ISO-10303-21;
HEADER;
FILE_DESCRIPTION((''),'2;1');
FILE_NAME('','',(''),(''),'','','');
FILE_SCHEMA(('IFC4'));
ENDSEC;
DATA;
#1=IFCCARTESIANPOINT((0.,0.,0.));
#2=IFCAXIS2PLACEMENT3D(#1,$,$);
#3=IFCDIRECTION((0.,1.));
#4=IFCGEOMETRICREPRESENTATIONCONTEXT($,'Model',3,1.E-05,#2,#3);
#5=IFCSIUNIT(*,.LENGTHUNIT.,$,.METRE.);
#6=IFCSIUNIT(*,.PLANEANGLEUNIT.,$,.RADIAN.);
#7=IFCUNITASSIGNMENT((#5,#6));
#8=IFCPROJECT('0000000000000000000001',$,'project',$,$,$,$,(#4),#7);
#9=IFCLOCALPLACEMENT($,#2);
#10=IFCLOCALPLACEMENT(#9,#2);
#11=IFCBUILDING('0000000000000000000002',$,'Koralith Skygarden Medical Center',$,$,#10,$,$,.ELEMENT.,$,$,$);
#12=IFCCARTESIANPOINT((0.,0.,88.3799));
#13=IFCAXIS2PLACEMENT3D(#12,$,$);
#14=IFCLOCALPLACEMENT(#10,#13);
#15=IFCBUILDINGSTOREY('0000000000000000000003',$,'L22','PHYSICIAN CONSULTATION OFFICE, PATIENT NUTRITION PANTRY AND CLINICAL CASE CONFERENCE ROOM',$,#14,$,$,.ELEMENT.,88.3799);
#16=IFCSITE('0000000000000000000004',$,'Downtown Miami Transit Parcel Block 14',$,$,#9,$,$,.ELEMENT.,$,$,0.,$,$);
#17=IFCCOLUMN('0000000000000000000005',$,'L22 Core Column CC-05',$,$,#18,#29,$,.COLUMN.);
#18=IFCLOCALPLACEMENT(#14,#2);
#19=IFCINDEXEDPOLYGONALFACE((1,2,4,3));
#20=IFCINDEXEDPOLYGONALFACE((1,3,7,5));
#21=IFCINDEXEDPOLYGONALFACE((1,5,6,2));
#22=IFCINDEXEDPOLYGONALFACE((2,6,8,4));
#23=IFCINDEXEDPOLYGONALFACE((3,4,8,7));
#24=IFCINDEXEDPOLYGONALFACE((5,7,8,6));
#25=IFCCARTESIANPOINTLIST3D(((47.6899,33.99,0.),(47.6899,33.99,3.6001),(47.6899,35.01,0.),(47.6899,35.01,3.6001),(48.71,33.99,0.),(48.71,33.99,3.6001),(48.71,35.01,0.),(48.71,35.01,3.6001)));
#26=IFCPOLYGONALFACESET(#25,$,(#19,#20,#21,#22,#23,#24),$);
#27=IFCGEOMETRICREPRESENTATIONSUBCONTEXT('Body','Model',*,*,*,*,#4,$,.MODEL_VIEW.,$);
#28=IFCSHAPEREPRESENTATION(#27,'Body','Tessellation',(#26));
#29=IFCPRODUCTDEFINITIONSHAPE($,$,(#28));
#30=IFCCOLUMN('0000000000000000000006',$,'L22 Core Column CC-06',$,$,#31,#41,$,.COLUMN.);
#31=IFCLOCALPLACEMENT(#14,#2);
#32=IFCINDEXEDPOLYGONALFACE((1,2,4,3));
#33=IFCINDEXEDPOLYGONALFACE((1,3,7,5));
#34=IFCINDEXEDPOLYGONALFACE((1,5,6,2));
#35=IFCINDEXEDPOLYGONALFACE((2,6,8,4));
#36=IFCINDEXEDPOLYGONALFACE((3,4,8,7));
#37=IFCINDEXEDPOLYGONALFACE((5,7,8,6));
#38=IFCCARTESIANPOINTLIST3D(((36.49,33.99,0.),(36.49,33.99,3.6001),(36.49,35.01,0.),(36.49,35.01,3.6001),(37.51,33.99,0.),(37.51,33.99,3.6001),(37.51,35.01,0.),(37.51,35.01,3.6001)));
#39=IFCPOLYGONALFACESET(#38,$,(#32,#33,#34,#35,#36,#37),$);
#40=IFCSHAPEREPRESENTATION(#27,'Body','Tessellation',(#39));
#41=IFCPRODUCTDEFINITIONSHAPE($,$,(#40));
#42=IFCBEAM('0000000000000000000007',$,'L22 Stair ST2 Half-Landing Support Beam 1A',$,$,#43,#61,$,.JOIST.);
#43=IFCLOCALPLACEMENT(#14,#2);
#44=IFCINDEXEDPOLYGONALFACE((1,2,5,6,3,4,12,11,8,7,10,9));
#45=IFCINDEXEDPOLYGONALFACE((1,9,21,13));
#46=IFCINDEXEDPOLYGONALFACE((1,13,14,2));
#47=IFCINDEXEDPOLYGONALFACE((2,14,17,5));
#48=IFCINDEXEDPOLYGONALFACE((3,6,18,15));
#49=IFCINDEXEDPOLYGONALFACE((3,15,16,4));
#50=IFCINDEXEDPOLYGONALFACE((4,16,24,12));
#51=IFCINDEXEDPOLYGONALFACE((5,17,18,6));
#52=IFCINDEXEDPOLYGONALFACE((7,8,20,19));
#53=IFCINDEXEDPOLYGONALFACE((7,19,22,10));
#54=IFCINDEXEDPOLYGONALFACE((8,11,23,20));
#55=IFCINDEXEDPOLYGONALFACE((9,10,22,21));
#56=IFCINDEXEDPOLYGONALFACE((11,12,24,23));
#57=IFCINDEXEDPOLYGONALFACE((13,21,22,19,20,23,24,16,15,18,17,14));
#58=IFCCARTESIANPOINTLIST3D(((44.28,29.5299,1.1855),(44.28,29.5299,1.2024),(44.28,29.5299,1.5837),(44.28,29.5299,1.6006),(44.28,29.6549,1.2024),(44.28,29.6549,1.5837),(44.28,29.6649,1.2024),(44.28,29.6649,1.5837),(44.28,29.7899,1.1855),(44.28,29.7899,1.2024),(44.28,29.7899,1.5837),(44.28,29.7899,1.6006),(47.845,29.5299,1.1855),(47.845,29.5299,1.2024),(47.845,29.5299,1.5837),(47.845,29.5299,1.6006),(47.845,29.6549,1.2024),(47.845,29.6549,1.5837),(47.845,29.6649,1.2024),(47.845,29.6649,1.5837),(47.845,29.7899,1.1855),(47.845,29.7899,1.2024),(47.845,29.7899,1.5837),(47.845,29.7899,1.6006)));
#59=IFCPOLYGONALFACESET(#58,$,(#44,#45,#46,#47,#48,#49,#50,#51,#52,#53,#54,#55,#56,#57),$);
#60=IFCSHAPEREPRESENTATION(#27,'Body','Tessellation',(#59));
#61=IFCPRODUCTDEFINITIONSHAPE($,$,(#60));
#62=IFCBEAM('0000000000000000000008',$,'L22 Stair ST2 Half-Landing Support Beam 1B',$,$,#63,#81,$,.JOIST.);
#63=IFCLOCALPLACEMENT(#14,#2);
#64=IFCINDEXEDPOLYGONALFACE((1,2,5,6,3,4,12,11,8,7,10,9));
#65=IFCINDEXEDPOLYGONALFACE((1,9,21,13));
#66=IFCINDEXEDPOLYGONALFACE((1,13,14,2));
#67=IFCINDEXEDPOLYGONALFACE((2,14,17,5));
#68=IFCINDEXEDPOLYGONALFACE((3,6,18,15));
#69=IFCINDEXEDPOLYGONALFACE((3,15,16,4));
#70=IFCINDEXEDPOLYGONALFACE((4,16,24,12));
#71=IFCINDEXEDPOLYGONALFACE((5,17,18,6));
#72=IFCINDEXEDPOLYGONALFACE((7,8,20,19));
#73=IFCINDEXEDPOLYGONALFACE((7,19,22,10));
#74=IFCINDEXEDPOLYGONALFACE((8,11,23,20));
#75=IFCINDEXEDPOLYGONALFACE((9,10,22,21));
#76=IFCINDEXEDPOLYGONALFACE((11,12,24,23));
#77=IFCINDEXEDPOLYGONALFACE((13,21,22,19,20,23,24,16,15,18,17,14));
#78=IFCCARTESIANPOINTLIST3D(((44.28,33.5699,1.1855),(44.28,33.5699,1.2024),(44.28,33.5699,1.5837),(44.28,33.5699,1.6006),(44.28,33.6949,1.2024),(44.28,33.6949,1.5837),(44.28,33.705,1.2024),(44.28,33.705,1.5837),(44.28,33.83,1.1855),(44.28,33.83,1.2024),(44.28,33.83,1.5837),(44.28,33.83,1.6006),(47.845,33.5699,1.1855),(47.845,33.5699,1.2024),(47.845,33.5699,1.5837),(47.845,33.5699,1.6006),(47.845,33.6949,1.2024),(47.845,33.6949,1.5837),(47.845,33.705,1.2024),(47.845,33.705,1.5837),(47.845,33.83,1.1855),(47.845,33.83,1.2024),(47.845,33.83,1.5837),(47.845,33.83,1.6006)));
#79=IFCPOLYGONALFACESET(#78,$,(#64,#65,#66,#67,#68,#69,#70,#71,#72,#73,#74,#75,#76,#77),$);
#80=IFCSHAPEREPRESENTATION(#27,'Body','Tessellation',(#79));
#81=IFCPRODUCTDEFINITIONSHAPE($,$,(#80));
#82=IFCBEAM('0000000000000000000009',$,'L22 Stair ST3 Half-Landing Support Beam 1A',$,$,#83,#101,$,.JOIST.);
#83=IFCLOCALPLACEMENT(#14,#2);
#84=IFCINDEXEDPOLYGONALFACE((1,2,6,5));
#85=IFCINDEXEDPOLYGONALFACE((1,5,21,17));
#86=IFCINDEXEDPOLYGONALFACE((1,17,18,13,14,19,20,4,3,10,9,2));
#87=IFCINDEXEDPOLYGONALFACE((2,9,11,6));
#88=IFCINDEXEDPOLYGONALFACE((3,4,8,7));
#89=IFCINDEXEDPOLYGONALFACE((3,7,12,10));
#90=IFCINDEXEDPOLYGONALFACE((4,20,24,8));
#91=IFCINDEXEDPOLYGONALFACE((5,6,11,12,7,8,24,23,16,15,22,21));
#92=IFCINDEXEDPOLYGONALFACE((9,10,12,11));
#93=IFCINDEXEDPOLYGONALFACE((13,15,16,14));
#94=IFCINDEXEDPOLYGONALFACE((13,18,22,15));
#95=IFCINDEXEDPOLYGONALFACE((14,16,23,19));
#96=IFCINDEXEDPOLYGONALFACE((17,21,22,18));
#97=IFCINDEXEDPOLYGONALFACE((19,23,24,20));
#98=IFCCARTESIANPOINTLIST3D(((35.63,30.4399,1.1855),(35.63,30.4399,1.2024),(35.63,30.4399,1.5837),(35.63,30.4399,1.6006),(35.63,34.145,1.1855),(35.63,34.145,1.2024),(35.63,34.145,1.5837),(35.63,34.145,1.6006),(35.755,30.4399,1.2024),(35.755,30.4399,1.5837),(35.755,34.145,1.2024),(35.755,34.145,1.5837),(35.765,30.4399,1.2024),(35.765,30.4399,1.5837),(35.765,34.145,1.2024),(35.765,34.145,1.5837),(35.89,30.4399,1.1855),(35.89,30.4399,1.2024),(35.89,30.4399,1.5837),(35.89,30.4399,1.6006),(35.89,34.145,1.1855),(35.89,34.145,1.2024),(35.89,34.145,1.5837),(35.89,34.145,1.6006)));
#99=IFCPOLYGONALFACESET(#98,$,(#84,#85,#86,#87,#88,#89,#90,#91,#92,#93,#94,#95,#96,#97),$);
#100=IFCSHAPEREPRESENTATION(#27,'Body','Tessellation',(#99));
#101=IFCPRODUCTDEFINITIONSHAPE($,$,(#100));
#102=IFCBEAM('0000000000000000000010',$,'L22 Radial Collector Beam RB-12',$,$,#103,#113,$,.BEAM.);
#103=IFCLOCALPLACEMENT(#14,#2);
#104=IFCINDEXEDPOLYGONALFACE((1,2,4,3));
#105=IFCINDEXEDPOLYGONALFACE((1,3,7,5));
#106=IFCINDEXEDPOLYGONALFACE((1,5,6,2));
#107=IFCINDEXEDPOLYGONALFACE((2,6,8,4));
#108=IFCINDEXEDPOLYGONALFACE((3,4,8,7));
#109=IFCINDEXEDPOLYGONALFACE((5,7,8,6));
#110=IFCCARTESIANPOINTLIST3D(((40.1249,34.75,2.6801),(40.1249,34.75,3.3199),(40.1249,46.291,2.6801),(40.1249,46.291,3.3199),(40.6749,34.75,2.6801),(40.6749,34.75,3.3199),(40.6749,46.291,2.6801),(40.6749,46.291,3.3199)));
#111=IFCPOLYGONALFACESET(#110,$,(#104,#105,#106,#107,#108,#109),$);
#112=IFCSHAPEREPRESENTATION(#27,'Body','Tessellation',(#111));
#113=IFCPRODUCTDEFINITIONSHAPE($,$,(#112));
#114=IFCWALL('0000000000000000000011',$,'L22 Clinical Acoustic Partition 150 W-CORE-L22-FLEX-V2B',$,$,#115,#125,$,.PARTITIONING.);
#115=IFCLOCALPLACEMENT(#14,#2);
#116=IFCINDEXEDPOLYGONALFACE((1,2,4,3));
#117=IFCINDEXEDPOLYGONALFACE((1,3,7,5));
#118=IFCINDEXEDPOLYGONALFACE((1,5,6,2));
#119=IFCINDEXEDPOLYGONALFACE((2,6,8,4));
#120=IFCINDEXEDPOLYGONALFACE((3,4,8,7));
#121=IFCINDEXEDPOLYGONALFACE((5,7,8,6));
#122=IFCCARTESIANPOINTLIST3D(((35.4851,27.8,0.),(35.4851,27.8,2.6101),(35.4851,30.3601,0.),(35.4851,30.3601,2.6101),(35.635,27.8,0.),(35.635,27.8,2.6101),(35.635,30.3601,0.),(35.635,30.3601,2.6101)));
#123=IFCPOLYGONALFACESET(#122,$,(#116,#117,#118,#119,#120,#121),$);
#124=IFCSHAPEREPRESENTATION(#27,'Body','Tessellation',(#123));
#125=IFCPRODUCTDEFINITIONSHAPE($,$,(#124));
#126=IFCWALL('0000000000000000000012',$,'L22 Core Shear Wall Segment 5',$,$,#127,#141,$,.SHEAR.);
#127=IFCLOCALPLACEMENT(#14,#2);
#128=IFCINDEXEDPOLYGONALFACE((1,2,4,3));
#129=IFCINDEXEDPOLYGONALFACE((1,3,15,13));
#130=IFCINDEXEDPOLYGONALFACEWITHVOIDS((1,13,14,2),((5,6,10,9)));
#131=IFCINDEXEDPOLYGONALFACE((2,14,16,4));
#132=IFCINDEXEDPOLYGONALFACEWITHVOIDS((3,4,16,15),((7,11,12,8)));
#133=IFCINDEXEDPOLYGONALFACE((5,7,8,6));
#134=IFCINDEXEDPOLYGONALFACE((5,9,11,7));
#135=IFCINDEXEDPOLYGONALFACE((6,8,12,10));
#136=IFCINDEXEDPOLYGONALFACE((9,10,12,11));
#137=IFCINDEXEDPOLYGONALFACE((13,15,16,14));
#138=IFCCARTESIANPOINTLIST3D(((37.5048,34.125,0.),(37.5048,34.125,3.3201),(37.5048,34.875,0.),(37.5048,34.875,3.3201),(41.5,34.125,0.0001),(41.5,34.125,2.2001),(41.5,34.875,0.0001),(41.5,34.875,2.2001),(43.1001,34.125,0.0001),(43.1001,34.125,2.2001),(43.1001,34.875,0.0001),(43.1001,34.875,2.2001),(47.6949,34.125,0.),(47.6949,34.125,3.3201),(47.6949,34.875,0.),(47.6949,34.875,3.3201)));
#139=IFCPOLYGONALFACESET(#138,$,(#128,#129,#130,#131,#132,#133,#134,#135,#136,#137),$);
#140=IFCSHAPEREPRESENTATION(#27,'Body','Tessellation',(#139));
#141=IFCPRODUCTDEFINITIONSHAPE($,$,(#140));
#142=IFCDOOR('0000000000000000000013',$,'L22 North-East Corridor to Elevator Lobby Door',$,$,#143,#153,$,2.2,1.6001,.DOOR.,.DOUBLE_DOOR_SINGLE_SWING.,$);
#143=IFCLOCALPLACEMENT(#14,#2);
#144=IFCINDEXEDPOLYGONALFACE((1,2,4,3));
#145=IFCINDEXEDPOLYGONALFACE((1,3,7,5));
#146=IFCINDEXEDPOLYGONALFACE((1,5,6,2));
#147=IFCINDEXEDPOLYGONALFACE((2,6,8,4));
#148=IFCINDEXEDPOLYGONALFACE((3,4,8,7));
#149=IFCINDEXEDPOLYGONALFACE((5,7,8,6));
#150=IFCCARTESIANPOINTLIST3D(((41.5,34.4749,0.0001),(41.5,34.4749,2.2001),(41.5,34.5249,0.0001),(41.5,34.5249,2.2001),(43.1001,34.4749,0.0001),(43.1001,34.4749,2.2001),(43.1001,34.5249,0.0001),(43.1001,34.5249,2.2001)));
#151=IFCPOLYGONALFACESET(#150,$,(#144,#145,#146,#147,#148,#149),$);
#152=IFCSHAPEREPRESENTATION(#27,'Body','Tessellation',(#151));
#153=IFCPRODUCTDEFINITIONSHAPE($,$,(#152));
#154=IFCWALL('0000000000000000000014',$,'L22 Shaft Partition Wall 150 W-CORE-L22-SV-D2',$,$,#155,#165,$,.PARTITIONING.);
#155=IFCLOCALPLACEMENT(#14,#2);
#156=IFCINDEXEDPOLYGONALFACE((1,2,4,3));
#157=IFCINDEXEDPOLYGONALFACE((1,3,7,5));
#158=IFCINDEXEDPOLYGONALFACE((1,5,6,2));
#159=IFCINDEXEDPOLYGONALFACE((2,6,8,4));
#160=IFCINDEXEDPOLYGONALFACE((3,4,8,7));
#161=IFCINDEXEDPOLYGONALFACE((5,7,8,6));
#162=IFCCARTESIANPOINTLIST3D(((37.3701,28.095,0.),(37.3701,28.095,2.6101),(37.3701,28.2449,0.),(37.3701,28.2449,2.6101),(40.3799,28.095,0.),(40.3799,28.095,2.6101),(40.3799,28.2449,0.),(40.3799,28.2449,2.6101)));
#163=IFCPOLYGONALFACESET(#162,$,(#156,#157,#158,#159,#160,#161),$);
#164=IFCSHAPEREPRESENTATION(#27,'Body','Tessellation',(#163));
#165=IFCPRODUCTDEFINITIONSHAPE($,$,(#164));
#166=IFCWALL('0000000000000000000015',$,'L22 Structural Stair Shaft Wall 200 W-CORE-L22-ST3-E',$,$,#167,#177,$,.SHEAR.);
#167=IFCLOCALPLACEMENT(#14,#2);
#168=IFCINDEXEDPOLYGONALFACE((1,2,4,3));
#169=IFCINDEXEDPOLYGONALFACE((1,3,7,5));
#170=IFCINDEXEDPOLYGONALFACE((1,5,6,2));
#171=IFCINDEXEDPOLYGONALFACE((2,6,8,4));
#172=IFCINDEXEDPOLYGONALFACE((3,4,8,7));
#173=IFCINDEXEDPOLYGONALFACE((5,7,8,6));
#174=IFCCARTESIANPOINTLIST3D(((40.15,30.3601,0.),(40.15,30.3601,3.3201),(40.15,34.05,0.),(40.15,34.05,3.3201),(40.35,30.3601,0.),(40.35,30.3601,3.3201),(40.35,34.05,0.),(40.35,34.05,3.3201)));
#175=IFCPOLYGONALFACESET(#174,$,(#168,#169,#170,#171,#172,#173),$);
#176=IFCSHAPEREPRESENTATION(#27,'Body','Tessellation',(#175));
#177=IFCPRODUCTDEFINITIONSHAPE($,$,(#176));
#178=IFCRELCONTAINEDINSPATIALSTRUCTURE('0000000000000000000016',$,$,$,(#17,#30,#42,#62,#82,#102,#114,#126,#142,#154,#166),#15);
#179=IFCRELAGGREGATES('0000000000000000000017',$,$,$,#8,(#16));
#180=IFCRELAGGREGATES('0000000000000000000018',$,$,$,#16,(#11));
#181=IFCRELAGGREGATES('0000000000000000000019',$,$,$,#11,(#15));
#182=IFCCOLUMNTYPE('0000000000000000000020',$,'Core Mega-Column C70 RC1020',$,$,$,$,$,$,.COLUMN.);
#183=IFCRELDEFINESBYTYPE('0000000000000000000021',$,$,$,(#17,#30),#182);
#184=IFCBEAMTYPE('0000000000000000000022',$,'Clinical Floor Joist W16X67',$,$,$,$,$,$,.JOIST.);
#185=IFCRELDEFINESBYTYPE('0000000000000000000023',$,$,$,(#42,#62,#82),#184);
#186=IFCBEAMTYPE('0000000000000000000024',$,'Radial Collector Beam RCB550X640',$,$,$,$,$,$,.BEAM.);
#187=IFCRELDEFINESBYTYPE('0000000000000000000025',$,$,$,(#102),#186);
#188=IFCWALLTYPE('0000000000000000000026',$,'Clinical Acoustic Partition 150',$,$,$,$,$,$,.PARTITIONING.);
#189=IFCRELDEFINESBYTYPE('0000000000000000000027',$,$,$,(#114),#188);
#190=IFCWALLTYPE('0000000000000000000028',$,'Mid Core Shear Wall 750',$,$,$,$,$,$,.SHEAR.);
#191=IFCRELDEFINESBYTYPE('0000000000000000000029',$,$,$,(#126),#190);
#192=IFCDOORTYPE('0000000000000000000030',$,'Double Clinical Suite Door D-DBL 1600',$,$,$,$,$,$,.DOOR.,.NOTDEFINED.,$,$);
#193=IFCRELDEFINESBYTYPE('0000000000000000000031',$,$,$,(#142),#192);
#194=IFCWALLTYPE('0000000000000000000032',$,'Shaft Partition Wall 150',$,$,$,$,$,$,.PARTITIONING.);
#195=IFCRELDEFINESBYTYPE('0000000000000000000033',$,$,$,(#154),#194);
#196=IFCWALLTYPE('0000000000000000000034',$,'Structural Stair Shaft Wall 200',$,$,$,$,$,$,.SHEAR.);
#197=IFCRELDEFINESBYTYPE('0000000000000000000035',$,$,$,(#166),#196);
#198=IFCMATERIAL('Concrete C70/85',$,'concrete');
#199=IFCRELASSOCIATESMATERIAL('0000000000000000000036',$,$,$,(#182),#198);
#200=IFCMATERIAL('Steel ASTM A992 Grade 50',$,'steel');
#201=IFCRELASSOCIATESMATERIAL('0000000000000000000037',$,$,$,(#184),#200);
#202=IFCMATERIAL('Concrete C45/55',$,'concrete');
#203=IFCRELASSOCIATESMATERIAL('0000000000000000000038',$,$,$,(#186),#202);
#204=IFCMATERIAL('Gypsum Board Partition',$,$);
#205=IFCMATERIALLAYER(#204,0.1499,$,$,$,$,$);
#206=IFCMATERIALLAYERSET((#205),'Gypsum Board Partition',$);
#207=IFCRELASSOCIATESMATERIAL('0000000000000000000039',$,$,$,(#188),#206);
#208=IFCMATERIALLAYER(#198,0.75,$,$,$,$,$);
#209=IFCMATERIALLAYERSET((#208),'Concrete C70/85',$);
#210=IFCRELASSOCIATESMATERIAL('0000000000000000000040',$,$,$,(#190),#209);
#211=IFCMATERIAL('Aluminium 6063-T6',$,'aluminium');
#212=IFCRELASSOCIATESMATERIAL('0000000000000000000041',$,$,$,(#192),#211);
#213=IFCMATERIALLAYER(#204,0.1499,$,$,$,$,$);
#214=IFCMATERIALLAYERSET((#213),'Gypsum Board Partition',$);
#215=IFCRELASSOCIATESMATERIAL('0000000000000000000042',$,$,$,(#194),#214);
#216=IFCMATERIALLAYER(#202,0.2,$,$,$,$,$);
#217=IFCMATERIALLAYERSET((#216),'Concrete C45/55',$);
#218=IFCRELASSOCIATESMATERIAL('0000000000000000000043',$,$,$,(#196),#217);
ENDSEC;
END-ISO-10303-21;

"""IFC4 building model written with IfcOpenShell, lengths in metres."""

from ifc_helpers import new_model, si_unit, direction, frame, frame_2d, origin, origin_2d, place, context, subcontext, project, spatial, rectangle, i_section, extrude, material, layer, layer_set, material_profile, profile_set, type_object, element, fill, save


model = new_model("IFC4")

# Units and contexts
model_context = context("Model", 3, precision=1e-05, world=origin(), true_north=direction((0.0, 1.0)))
body_context = subcontext(model_context, "Body", "Model", "MODEL_VIEW")
ifc_project = project(units=[si_unit("LENGTHUNIT", "METRE"), si_unit("PLANEANGLEUNIT", "RADIAN")], contexts=[model_context])

# Site, building, storey
site_placement = place(None, origin())
site = spatial("IfcSite", under=ifc_project, at=site_placement, Name="Downtown Miami Transit Parcel Block 14", CompositionType="ELEMENT", RefElevation=0.0)
building_placement = place(site_placement, origin())
building = spatial("IfcBuilding", under=site, at=building_placement, Name="Koralith Skygarden Medical Center", CompositionType="ELEMENT")
storey_placement = place(building_placement, frame((0.0, 0.0, 88.3799)))
storey = spatial("IfcBuildingStorey", under=building, at=storey_placement, Name="L22", Description="PHYSICIAN CONSULTATION OFFICE, PATIENT NUTRITION PANTRY AND CLINICAL CASE CONFERENCE ROOM", CompositionType="ELEMENT", Elevation=88.3799)

# Columns
ifc_material_1 = material(Name="Concrete C70/85", Category="concrete")
ifc_material_profile_1 = material_profile(ifc_material_1, rectangle(XDim=1.02, YDim=1.02, at=origin_2d()), Name="RC1020X1020")
ifc_profile_set_1 = profile_set([ifc_material_profile_1], Name="Concrete C70/85")
column_type = type_object("IfcColumnType", Name="Core Mega-Column C70 RC1020", PredefinedType="COLUMN", material=ifc_profile_set_1)
for number, where, z_axis, x_axis, name in (
    (1, (48.2, 34.5, 0.0), (0.0, 0.0, 1.0), (1.0, 0.0, 0.0), "L22 Core Column CC-05"),
    (2, (37.0, 34.5, 0.0), (0.0, 0.0, 1.0), (1.0, 0.0, 0.0), "L22 Core Column CC-06"),
):
    element("IfcColumn", number, at=place(storey_placement, frame(where, z_axis=z_axis, x_axis=x_axis)), inside=storey, type_object=column_type, Name=name, PredefinedType="COLUMN", context=body_context, shape_type="SweptSolid", body=[
        extrude(rectangle(XDim=1.02, YDim=1.02, at=origin_2d()), origin(), (0.0, 0.0, 1.0), 3.6001),
    ])

# Beams
ifc_material_2 = material(Name="Steel ASTM A992 Grade 50", Category="steel")
ifc_material_profile_2 = material_profile(ifc_material_2, i_section(OverallWidth=0.26, OverallDepth=0.415, WebThickness=0.01, FlangeThickness=0.0168, at=origin_2d()), Name="W16X67")
ifc_profile_set_2 = profile_set([ifc_material_profile_2], Name="Steel ASTM A992 Grade 50")
beam_type_1 = type_object("IfcBeamType", Name="Clinical Floor Joist W16X67", PredefinedType="JOIST", material=ifc_profile_set_2)
for number, where, z_axis, x_axis, name in (
    (3, (44.28, 29.6599, 1.3931), (1.0, 0.0, 0.0), (0.0, 1.0, 0.0), "L22 Stair ST2 Half-Landing Support Beam 1A"),
    (4, (44.28, 33.7, 1.3931), (1.0, 0.0, 0.0), (0.0, 1.0, 0.0), "L22 Stair ST2 Half-Landing Support Beam 1B"),
):
    element("IfcBeam", number, at=place(storey_placement, frame(where, z_axis=z_axis, x_axis=x_axis)), inside=storey, type_object=beam_type_1, Name=name, PredefinedType="JOIST", context=body_context, shape_type="SweptSolid", body=[
        extrude(i_section(OverallWidth=0.26, OverallDepth=0.415, WebThickness=0.01, FlangeThickness=0.0168, at=origin_2d()), origin(), (0.0, 0.0, 1.0), 3.5649),
    ])
beam_1_placement = place(storey_placement, frame((35.76, 30.4399, 1.3931), z_axis=(0.0, 1.0, 0.0), x_axis=(-1.0, 0.0, 0.0)))
element("IfcBeam", 5, at=beam_1_placement, inside=storey, type_object=beam_type_1, Name="L22 Stair ST3 Half-Landing Support Beam 1A", PredefinedType="JOIST", context=body_context, shape_type="SweptSolid", body=[
    extrude(i_section(OverallWidth=0.26, OverallDepth=0.415, WebThickness=0.01, FlangeThickness=0.0168, at=origin_2d()), origin(), (0.0, 0.0, 1.0), 3.7051),
])
ifc_material_3 = material(Name="Concrete C45/55", Category="concrete")
ifc_material_profile_3 = material_profile(ifc_material_3, rectangle(XDim=0.55, YDim=0.6399, at=origin_2d()), Name="RCB550X640")
ifc_profile_set_3 = profile_set([ifc_material_profile_3], Name="Concrete C45/55")
beam_type_2 = type_object("IfcBeamType", Name="Radial Collector Beam RCB550X640", PredefinedType="BEAM", material=ifc_profile_set_3)
beam_2_placement = place(storey_placement, frame((40.3999, 34.75, 3.0), z_axis=(0.0, 1.0, 0.0), x_axis=(-1.0, 0.0, 0.0)))
element("IfcBeam", 6, at=beam_2_placement, inside=storey, type_object=beam_type_2, Name="L22 Radial Collector Beam RB-12", PredefinedType="BEAM", context=body_context, shape_type="SweptSolid", body=[
    extrude(rectangle(XDim=0.55, YDim=0.6399, at=origin_2d()), origin(), (0.0, 0.0, 1.0), 11.541),
])

# Wall
ifc_material_4 = material(Name="Gypsum Board Partition")
ifc_layer_1 = layer(ifc_material_4, 0.1499)
ifc_layer_set_1 = layer_set([ifc_layer_1], Name="Gypsum Board Partition")
wall_type_1 = type_object("IfcWallType", Name="Clinical Acoustic Partition 150", PredefinedType="PARTITIONING", material=ifc_layer_set_1)
wall_1_placement = place(storey_placement, frame((35.5601, 27.8, 0.0), z_axis=(0.0, 0.0, 1.0), x_axis=(0.0, 1.0, 0.0)))
element("IfcWall", 7, at=wall_1_placement, inside=storey, type_object=wall_type_1, Name="L22 Clinical Acoustic Partition 150 W-CORE-L22-FLEX-V2B", PredefinedType="PARTITIONING", context=body_context, shape_type="SweptSolid", body=[
    extrude(rectangle(XDim=2.5601, YDim=0.1499, at=frame_2d((1.28, 0.0))), origin(), (0.0, 0.0, 1.0), 2.6101),
])

# Wall, opening, door
ifc_layer_2 = layer(ifc_material_1, 0.75)
ifc_layer_set_2 = layer_set([ifc_layer_2], Name="Concrete C70/85")
wall_type_2 = type_object("IfcWallType", Name="Mid Core Shear Wall 750", PredefinedType="SHEAR", material=ifc_layer_set_2)
wall_2_placement = place(storey_placement, frame((47.6951, 34.5, 0.0), z_axis=(0.0, 0.0, 1.0), x_axis=(-1.0, 0.0, 0.0)))
wall_2 = element("IfcWall", 8, at=wall_2_placement, inside=storey, type_object=wall_type_2, Name="L22 Core Shear Wall Segment 5", PredefinedType="SHEAR", context=body_context, shape_type="SweptSolid", body=[
    extrude(rectangle(XDim=10.1902, YDim=0.75, at=frame_2d((5.0952, 0.0))), origin(), (0.0, 0.0, 1.0), 3.3201),
])
opening_1_placement = place(wall_2_placement, frame((4.595, 0.0, 0.0)))
opening_1 = element("IfcOpeningElement", 9, at=opening_1_placement, cuts=wall_2, PredefinedType="OPENING", context=body_context, shape_type="SweptSolid", body=[
    extrude(rectangle(XDim=1.6001, YDim=2.2, at=frame_2d((0.8, 1.1001))), frame((0.0, 0.385, 0.0), z_axis=(0.0, -1.0, 0.0), x_axis=(1.0, 0.0, 0.0)), (0.0, 0.0, 1.0), 0.77),
])
ifc_material_5 = material(Name="Aluminium 6063-T6", Category="aluminium")
door_type_1 = type_object("IfcDoorType", Name="Double Clinical Suite Door D-DBL 1600", OperationType="NOTDEFINED", PredefinedType="DOOR", material=ifc_material_5)
door_1_placement = place(opening_1_placement, frame((1.6001, 0.0, 0.0), z_axis=(0.0, 0.0, 1.0), x_axis=(-1.0, 0.0, 0.0)))
door_1 = element("IfcDoor", 10, at=door_1_placement, inside=storey, type_object=door_type_1, Name="L22 North-East Corridor to Elevator Lobby Door", OperationType="DOUBLE_DOOR_SINGLE_SWING", OverallHeight=2.2, OverallWidth=1.6001, PredefinedType="DOOR", context=body_context, shape_type="SweptSolid", body=[
    extrude(rectangle(XDim=1.6001, YDim=2.2, at=frame_2d((0.8, 1.1001))), frame((0.0, 0.0249, 0.0), z_axis=(0.0, -1.0, 0.0), x_axis=(1.0, 0.0, 0.0)), (0.0, 0.0, 1.0), 0.05),
])
fill(opening_1, door_1)

# Walls
ifc_layer_3 = layer(ifc_material_4, 0.1499)
ifc_layer_set_3 = layer_set([ifc_layer_3], Name="Gypsum Board Partition")
wall_type_3 = type_object("IfcWallType", Name="Shaft Partition Wall 150", PredefinedType="PARTITIONING", material=ifc_layer_set_3)
wall_3_placement = place(storey_placement, frame((37.3701, 28.1699, 0.0), z_axis=(0.0, 0.0, 1.0), x_axis=(1.0, 0.0, 0.0)))
element("IfcWall", 11, at=wall_3_placement, inside=storey, type_object=wall_type_3, Name="L22 Shaft Partition Wall 150 W-CORE-L22-SV-D2", PredefinedType="PARTITIONING", context=body_context, shape_type="SweptSolid", body=[
    extrude(rectangle(XDim=3.0098, YDim=0.1499, at=frame_2d((1.5049, 0.0))), origin(), (0.0, 0.0, 1.0), 2.6101),
])
ifc_layer_4 = layer(ifc_material_3, 0.2)
ifc_layer_set_4 = layer_set([ifc_layer_4], Name="Concrete C45/55")
wall_type_4 = type_object("IfcWallType", Name="Structural Stair Shaft Wall 200", PredefinedType="SHEAR", material=ifc_layer_set_4)
wall_4_placement = place(storey_placement, frame((40.25, 30.3601, 0.0), z_axis=(0.0, 0.0, 1.0), x_axis=(0.0, 1.0, 0.0)))
element("IfcWall", 12, at=wall_4_placement, inside=storey, type_object=wall_type_4, Name="L22 Structural Stair Shaft Wall 200 W-CORE-L22-ST3-E", PredefinedType="SHEAR", context=body_context, shape_type="SweptSolid", body=[
    extrude(rectangle(XDim=3.6899, YDim=0.2, at=frame_2d((1.845, 0.0))), origin(), (0.0, 0.0, 1.0), 3.3201),
])

save(model, "model.ifc")
